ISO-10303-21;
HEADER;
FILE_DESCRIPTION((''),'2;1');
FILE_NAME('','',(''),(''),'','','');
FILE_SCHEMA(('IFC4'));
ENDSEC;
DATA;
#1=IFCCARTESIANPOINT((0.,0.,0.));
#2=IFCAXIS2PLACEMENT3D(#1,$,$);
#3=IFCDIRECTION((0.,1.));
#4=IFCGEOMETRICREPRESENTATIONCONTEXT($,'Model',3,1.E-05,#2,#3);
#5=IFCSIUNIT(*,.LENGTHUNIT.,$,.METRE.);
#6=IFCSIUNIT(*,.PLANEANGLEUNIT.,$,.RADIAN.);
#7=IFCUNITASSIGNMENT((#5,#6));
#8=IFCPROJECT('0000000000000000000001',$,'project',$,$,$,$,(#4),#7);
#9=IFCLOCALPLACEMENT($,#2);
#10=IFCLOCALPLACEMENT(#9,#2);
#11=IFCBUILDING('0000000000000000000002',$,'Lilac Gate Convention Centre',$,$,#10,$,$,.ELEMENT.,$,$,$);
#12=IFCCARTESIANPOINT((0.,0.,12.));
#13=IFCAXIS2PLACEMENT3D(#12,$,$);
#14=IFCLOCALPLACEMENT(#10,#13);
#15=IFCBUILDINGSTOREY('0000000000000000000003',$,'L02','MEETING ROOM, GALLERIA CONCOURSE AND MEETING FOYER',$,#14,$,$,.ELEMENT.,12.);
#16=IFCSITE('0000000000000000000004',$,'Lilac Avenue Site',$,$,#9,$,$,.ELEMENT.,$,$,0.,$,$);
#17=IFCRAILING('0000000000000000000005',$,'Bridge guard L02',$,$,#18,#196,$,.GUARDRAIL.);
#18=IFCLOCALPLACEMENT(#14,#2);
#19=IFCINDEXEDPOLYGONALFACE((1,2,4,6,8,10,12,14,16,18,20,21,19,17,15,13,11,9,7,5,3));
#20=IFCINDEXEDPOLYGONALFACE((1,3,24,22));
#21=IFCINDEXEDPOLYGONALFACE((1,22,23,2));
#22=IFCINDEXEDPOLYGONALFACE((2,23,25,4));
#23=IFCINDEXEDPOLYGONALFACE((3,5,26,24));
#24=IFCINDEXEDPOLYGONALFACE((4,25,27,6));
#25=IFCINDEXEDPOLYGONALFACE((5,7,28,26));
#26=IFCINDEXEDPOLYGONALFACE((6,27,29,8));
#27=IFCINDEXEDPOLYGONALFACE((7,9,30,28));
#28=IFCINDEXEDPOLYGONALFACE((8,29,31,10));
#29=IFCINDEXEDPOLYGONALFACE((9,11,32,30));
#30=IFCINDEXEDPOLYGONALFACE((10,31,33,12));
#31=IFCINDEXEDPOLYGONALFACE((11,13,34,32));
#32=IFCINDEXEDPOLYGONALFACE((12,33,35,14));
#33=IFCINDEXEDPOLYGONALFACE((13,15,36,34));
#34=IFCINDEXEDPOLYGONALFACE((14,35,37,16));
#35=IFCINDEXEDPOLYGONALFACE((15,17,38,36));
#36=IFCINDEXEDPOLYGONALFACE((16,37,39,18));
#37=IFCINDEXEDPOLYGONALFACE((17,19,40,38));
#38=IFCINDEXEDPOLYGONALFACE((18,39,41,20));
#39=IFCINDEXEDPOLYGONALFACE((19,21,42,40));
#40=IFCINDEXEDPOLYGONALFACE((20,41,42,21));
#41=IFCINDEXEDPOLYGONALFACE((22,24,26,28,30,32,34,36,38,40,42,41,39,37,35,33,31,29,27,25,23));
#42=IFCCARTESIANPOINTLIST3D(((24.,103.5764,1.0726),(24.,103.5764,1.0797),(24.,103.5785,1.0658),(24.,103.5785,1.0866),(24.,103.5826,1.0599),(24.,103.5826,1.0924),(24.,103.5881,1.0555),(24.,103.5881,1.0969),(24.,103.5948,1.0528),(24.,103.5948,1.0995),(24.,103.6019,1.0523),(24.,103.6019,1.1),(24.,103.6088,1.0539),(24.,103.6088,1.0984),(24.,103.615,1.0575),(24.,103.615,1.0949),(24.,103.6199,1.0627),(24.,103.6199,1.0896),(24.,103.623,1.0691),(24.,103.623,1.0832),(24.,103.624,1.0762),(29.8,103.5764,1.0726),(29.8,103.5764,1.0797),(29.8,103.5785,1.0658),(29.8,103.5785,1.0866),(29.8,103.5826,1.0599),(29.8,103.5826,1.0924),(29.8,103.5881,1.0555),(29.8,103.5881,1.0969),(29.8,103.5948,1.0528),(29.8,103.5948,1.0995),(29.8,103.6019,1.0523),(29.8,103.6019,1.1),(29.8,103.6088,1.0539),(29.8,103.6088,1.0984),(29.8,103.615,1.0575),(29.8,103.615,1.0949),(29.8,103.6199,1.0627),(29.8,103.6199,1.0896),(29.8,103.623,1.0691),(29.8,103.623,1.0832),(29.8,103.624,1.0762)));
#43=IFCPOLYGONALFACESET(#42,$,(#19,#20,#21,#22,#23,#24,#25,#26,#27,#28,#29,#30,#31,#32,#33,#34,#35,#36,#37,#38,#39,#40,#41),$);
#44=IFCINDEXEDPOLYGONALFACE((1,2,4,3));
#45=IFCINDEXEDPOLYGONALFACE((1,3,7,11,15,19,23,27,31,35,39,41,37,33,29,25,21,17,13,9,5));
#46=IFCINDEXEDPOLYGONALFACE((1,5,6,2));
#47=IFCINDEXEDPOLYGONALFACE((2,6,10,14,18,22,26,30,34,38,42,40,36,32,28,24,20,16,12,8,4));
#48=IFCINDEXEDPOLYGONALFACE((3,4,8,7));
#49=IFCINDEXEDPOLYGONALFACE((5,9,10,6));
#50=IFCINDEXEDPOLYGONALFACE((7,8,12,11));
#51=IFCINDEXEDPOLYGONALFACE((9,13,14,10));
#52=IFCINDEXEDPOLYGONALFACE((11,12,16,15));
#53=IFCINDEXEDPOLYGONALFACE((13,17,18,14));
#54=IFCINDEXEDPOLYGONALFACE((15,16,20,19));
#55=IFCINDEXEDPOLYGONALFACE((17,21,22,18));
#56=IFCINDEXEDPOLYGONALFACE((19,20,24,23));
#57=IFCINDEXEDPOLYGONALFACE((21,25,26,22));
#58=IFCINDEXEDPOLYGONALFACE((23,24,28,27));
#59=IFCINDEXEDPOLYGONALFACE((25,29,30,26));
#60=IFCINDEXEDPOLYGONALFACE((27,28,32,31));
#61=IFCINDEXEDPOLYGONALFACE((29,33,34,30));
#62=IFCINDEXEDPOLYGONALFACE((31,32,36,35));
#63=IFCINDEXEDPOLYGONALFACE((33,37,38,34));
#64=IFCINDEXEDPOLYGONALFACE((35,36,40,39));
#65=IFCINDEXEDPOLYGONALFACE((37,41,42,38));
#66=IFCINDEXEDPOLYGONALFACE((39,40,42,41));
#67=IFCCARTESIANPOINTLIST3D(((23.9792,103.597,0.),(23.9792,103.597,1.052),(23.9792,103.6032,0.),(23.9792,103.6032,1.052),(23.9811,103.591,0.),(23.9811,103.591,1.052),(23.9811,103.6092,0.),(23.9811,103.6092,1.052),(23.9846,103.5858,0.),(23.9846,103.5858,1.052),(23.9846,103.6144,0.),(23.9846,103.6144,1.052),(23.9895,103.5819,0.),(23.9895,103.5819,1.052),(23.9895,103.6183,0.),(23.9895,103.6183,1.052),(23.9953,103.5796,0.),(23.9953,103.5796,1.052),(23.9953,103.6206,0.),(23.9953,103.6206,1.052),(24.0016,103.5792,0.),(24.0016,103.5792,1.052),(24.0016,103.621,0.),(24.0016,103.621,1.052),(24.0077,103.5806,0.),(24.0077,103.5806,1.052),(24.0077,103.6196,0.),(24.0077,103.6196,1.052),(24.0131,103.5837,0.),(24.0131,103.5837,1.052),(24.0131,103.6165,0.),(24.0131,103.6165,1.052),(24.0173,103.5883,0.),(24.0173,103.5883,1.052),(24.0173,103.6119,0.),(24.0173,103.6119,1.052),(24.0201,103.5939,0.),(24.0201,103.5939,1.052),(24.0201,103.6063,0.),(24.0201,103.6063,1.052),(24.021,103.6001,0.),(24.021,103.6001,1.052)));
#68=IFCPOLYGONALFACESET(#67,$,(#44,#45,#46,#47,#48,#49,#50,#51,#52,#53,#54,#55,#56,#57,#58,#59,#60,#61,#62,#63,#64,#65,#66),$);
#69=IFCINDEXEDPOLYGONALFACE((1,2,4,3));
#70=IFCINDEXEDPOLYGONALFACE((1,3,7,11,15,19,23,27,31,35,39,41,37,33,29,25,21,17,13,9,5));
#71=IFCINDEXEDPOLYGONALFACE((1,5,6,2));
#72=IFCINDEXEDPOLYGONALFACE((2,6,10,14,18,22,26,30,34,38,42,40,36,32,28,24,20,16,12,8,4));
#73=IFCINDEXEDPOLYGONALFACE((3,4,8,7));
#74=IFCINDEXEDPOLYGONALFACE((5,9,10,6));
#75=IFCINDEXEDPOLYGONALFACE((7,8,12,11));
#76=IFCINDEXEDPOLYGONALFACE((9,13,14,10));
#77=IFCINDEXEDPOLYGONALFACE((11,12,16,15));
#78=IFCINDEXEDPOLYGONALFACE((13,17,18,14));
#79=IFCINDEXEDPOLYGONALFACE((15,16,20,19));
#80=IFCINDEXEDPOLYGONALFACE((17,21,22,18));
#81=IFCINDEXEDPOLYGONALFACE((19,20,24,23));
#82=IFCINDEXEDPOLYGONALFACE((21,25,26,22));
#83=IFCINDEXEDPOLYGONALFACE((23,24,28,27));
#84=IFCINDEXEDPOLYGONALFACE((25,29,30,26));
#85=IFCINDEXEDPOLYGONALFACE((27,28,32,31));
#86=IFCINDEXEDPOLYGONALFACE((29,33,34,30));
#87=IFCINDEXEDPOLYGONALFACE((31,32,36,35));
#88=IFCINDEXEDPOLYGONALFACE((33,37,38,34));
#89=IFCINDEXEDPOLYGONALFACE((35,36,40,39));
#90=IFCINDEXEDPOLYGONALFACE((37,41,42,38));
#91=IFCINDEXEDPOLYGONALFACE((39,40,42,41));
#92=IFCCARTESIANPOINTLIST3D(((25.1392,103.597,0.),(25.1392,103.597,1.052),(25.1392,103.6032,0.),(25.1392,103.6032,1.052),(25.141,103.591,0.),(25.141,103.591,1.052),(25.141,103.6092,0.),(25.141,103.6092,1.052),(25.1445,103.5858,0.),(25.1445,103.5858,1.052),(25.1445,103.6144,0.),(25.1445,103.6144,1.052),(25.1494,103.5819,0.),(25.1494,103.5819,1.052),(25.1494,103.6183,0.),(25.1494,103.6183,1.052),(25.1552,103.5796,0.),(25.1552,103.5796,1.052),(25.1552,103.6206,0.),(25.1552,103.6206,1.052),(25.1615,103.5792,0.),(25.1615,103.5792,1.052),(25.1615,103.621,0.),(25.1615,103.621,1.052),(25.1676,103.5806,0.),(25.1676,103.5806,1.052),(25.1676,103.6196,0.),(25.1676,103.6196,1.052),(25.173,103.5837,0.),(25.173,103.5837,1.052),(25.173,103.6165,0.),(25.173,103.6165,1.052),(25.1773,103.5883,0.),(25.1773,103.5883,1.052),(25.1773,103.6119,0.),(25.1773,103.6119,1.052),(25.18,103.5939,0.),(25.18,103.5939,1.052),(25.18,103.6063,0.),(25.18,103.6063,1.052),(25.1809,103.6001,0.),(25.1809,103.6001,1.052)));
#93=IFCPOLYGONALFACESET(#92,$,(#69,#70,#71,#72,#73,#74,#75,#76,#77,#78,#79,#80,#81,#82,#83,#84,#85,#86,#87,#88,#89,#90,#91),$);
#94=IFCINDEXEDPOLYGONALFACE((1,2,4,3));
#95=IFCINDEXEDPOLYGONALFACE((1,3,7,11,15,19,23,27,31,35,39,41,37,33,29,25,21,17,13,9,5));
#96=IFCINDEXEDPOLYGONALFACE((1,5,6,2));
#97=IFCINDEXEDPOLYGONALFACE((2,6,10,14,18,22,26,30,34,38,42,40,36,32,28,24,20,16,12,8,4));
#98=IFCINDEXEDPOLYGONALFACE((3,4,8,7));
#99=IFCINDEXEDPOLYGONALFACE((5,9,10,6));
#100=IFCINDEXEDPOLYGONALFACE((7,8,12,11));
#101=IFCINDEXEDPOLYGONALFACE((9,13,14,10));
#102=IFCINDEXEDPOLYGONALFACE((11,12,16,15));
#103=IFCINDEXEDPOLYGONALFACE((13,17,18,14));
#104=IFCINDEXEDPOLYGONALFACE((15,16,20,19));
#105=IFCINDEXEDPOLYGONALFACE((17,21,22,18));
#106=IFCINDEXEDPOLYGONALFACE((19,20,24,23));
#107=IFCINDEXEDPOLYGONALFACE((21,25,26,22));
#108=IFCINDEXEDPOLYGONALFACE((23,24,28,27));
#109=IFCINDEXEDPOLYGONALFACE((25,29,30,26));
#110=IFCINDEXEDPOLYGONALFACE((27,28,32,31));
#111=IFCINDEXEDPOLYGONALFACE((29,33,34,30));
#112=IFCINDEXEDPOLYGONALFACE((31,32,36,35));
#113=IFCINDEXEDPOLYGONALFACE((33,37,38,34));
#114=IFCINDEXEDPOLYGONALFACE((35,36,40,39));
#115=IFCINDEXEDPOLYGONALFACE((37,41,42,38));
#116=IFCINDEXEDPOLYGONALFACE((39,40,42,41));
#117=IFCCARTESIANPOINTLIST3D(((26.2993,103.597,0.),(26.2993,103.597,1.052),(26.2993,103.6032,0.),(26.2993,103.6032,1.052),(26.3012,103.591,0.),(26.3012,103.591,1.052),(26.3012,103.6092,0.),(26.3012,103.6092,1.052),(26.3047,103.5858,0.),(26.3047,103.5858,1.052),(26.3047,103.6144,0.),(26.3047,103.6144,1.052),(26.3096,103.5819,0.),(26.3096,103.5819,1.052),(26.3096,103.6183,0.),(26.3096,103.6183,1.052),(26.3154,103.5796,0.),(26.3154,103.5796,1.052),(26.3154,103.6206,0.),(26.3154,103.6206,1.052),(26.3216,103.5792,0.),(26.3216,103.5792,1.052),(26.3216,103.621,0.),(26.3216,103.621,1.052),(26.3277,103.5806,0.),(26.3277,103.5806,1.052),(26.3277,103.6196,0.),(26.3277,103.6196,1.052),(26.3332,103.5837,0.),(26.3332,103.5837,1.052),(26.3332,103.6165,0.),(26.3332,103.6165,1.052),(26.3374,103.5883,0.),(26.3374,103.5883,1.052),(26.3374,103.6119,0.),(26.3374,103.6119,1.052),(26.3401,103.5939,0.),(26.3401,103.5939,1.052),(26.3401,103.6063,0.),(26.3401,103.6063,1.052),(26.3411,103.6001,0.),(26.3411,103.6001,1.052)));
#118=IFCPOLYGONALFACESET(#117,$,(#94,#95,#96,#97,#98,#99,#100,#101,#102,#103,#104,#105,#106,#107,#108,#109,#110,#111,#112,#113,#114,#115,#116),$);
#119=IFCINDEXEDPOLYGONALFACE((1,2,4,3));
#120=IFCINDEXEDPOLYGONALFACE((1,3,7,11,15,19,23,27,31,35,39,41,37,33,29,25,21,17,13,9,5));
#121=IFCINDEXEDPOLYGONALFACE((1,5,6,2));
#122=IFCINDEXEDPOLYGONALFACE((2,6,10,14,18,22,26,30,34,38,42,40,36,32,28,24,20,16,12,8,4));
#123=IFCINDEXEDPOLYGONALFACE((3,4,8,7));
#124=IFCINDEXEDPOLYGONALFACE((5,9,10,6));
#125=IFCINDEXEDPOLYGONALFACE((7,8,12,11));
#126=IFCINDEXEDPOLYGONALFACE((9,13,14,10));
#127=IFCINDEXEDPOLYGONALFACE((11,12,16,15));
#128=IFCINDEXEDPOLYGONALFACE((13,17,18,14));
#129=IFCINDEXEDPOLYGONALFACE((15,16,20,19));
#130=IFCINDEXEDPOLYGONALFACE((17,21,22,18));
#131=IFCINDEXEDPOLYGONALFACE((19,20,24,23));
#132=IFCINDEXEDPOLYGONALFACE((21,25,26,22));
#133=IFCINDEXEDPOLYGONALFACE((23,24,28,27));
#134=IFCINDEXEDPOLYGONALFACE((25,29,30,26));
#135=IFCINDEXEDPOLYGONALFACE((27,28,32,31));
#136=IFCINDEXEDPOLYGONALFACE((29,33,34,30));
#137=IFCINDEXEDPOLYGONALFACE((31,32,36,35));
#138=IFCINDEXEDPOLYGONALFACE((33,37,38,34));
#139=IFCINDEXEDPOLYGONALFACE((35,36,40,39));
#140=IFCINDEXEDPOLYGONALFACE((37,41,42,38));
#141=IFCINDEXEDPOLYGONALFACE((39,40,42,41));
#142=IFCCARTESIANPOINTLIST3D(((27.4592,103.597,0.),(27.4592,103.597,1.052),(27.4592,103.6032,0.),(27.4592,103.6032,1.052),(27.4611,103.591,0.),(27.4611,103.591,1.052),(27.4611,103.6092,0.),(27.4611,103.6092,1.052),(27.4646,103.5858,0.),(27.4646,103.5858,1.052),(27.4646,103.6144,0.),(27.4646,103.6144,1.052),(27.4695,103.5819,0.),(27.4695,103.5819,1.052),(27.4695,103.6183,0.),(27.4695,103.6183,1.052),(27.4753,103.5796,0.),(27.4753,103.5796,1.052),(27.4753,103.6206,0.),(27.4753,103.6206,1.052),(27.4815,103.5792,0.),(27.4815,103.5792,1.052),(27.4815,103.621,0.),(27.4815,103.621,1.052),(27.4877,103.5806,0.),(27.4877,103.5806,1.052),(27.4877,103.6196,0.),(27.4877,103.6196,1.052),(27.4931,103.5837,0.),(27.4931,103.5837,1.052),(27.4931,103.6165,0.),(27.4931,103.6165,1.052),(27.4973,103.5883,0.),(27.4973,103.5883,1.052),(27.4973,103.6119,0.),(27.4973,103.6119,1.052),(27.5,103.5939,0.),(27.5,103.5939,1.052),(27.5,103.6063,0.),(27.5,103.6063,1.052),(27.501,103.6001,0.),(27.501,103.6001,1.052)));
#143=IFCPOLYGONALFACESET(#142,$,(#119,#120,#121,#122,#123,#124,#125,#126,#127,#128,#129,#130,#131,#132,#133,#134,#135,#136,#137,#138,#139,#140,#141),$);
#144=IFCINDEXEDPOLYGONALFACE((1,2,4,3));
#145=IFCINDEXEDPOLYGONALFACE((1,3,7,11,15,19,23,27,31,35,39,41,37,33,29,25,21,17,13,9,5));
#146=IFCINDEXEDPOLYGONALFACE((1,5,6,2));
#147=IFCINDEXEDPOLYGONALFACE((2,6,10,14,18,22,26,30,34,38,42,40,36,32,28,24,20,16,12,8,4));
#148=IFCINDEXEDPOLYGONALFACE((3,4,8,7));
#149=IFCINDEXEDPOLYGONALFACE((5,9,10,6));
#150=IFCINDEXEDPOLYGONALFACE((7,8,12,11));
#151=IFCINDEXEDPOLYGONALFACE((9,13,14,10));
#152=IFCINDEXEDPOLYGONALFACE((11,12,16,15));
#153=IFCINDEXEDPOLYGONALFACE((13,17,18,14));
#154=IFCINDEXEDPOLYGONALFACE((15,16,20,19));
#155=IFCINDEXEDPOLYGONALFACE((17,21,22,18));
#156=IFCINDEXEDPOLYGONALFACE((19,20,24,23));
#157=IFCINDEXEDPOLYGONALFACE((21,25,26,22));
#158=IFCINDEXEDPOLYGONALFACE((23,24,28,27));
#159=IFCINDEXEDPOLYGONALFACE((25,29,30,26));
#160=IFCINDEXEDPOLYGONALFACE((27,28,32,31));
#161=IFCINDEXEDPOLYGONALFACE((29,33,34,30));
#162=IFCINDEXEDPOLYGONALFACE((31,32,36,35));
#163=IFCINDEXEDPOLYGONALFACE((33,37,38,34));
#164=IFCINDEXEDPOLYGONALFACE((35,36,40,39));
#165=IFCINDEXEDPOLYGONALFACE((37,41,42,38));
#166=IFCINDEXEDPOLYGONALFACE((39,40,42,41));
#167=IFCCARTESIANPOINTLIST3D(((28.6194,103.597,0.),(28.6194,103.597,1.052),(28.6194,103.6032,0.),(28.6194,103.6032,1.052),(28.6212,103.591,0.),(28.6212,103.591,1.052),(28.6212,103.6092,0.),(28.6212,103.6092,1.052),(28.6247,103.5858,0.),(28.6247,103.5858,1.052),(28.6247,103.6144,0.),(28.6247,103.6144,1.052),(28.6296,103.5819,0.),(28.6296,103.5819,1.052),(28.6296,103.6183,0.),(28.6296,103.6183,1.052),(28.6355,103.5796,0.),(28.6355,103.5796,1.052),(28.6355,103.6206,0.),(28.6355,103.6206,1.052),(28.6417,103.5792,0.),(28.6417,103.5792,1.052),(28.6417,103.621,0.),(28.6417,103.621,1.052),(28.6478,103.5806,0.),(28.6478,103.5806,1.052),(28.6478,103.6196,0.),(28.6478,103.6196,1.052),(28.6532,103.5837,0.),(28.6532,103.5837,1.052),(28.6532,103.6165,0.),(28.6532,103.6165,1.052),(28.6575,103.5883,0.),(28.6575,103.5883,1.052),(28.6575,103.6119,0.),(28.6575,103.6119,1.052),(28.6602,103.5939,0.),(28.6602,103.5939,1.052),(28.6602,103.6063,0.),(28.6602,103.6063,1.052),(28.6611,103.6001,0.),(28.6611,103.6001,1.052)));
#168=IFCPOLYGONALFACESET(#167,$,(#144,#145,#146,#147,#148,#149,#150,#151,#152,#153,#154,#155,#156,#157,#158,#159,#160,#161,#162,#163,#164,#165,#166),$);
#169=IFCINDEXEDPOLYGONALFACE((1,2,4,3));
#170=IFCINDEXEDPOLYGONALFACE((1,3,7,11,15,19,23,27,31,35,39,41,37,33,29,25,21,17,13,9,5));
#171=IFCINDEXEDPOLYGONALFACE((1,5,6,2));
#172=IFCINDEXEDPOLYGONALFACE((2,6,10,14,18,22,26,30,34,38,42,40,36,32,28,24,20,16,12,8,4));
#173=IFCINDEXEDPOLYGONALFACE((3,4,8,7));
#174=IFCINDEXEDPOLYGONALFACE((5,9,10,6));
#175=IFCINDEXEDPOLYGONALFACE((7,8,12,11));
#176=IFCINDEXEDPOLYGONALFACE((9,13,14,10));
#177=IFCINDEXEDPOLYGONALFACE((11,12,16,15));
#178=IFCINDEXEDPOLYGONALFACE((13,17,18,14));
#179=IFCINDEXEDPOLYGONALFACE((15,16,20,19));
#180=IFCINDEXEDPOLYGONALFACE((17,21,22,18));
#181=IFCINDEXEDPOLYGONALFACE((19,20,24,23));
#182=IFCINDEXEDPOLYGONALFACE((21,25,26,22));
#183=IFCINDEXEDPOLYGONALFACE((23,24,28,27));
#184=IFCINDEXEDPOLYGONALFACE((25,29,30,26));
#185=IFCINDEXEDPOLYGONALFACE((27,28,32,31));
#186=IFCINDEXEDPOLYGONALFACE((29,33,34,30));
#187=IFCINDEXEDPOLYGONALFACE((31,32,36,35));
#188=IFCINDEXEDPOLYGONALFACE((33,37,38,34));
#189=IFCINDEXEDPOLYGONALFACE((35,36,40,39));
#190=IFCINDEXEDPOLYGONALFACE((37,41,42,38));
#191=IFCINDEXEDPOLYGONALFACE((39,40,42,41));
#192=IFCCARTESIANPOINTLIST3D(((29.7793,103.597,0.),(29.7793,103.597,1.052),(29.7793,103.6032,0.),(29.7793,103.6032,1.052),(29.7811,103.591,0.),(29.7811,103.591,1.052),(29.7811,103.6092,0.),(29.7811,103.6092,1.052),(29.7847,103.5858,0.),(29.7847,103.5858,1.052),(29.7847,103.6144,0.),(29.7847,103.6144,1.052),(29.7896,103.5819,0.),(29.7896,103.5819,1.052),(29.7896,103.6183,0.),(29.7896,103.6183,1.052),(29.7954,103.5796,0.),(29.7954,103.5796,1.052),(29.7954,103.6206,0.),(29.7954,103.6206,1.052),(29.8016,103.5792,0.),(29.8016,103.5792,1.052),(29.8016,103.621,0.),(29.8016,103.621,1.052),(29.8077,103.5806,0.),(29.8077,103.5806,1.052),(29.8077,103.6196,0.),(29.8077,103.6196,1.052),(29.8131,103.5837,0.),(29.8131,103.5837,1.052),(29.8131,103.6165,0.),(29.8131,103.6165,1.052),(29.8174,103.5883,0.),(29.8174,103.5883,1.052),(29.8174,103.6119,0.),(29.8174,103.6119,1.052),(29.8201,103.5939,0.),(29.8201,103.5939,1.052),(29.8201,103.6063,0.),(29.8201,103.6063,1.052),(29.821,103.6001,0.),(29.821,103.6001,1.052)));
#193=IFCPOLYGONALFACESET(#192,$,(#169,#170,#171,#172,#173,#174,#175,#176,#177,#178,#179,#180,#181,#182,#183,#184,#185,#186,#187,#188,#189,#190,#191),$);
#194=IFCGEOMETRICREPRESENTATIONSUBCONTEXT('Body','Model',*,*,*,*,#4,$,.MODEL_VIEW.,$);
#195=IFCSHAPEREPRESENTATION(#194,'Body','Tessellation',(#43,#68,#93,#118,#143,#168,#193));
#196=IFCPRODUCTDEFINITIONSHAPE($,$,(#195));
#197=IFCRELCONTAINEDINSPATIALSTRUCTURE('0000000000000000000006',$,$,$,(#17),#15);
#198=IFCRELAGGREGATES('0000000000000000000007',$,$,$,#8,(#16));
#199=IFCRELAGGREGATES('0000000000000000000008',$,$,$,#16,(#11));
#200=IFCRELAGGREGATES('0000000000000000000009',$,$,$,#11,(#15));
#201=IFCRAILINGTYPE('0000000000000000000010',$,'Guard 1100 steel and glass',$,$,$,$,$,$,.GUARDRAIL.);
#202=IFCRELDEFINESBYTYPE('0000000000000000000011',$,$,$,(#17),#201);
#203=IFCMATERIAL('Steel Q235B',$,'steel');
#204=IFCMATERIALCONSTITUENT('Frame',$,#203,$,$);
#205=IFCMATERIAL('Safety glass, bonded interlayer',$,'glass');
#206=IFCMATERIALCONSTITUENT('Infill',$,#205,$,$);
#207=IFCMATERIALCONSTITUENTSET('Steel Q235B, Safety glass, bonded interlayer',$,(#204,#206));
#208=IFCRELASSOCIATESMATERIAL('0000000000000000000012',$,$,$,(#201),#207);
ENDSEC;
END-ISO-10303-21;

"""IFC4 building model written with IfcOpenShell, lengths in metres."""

from ifc_helpers import new_model, si_unit, direction, frame, origin, origin_2d, place, context, subcontext, project, spatial, circle, extrude, material, constituent, constituent_set, type_object, element, save


model = new_model("IFC4")

# Units and contexts
model_context = context("Model", 3, precision=1e-05, world=origin(), true_north=direction((0.0, 1.0)))
body_context = subcontext(model_context, "Body", "Model", "MODEL_VIEW")
ifc_project = project(units=[si_unit("LENGTHUNIT", "METRE"), si_unit("PLANEANGLEUNIT", "RADIAN")], contexts=[model_context])

# Site, building, storey
site_placement = place(None, origin())
site = spatial("IfcSite", under=ifc_project, at=site_placement, Name="Lilac Avenue Site", CompositionType="ELEMENT", RefElevation=0.0)
building_placement = place(site_placement, origin())
building = spatial("IfcBuilding", under=site, at=building_placement, Name="Lilac Gate Convention Centre", CompositionType="ELEMENT")
storey_placement = place(building_placement, frame((0.0, 0.0, 12.0)))
storey = spatial("IfcBuildingStorey", under=building, at=storey_placement, Name="L02", Description="MEETING ROOM, GALLERIA CONCOURSE AND MEETING FOYER", CompositionType="ELEMENT", Elevation=12.0)

# Railing
ifc_material_1 = material(Name="Steel Q235B", Category="steel")
ifc_constituent_1 = constituent(ifc_material_1, Name="Frame")
ifc_material_2 = material(Name="Safety glass, bonded interlayer", Category="glass")
ifc_constituent_2 = constituent(ifc_material_2, Name="Infill")
ifc_constituent_set = constituent_set(constituents=[ifc_constituent_1, ifc_constituent_2], Name="Steel Q235B, Safety glass, bonded interlayer")
railing_type = type_object("IfcRailingType", Name="Guard 1100 steel and glass", PredefinedType="GUARDRAIL", material=ifc_constituent_set)
for number, where, name in (
    (1, (24.0, 103.6001, 0.0), "Bridge guard L02"),
):
    element("IfcRailing", number, at=place(storey_placement, frame(where)), inside=storey, type_object=railing_type, Name=name, PredefinedType="GUARDRAIL", context=body_context, shape_type="SweptSolid", body=[
        extrude(circle(Radius=0.0239, at=origin_2d()), frame((0.0, 0.0, 1.0762), z_axis=(1.0, 0.0, 0.0), x_axis=(0.0, 1.0, 0.0)), (0.0, 0.0, 1.0), 5.8),
        extrude(circle(Radius=0.021, at=origin_2d()), origin(), (0.0, 0.0, 1.0), 1.052),
        extrude(circle(Radius=0.021, at=origin_2d()), frame((1.1599, 0.0, 0.0)), (0.0, 0.0, 1.0), 1.052),
        extrude(circle(Radius=0.021, at=origin_2d()), frame((2.3201, 0.0, 0.0)), (0.0, 0.0, 1.0), 1.052),
        extrude(circle(Radius=0.021, at=origin_2d()), frame((3.48, 0.0, 0.0)), (0.0, 0.0, 1.0), 1.052),
        extrude(circle(Radius=0.021, at=origin_2d()), frame((4.6401, 0.0, 0.0)), (0.0, 0.0, 1.0), 1.052),
        extrude(circle(Radius=0.021, at=origin_2d()), frame((5.8, 0.0, 0.0)), (0.0, 0.0, 1.0), 1.052),
    ])

save(model, "model.ifc")
